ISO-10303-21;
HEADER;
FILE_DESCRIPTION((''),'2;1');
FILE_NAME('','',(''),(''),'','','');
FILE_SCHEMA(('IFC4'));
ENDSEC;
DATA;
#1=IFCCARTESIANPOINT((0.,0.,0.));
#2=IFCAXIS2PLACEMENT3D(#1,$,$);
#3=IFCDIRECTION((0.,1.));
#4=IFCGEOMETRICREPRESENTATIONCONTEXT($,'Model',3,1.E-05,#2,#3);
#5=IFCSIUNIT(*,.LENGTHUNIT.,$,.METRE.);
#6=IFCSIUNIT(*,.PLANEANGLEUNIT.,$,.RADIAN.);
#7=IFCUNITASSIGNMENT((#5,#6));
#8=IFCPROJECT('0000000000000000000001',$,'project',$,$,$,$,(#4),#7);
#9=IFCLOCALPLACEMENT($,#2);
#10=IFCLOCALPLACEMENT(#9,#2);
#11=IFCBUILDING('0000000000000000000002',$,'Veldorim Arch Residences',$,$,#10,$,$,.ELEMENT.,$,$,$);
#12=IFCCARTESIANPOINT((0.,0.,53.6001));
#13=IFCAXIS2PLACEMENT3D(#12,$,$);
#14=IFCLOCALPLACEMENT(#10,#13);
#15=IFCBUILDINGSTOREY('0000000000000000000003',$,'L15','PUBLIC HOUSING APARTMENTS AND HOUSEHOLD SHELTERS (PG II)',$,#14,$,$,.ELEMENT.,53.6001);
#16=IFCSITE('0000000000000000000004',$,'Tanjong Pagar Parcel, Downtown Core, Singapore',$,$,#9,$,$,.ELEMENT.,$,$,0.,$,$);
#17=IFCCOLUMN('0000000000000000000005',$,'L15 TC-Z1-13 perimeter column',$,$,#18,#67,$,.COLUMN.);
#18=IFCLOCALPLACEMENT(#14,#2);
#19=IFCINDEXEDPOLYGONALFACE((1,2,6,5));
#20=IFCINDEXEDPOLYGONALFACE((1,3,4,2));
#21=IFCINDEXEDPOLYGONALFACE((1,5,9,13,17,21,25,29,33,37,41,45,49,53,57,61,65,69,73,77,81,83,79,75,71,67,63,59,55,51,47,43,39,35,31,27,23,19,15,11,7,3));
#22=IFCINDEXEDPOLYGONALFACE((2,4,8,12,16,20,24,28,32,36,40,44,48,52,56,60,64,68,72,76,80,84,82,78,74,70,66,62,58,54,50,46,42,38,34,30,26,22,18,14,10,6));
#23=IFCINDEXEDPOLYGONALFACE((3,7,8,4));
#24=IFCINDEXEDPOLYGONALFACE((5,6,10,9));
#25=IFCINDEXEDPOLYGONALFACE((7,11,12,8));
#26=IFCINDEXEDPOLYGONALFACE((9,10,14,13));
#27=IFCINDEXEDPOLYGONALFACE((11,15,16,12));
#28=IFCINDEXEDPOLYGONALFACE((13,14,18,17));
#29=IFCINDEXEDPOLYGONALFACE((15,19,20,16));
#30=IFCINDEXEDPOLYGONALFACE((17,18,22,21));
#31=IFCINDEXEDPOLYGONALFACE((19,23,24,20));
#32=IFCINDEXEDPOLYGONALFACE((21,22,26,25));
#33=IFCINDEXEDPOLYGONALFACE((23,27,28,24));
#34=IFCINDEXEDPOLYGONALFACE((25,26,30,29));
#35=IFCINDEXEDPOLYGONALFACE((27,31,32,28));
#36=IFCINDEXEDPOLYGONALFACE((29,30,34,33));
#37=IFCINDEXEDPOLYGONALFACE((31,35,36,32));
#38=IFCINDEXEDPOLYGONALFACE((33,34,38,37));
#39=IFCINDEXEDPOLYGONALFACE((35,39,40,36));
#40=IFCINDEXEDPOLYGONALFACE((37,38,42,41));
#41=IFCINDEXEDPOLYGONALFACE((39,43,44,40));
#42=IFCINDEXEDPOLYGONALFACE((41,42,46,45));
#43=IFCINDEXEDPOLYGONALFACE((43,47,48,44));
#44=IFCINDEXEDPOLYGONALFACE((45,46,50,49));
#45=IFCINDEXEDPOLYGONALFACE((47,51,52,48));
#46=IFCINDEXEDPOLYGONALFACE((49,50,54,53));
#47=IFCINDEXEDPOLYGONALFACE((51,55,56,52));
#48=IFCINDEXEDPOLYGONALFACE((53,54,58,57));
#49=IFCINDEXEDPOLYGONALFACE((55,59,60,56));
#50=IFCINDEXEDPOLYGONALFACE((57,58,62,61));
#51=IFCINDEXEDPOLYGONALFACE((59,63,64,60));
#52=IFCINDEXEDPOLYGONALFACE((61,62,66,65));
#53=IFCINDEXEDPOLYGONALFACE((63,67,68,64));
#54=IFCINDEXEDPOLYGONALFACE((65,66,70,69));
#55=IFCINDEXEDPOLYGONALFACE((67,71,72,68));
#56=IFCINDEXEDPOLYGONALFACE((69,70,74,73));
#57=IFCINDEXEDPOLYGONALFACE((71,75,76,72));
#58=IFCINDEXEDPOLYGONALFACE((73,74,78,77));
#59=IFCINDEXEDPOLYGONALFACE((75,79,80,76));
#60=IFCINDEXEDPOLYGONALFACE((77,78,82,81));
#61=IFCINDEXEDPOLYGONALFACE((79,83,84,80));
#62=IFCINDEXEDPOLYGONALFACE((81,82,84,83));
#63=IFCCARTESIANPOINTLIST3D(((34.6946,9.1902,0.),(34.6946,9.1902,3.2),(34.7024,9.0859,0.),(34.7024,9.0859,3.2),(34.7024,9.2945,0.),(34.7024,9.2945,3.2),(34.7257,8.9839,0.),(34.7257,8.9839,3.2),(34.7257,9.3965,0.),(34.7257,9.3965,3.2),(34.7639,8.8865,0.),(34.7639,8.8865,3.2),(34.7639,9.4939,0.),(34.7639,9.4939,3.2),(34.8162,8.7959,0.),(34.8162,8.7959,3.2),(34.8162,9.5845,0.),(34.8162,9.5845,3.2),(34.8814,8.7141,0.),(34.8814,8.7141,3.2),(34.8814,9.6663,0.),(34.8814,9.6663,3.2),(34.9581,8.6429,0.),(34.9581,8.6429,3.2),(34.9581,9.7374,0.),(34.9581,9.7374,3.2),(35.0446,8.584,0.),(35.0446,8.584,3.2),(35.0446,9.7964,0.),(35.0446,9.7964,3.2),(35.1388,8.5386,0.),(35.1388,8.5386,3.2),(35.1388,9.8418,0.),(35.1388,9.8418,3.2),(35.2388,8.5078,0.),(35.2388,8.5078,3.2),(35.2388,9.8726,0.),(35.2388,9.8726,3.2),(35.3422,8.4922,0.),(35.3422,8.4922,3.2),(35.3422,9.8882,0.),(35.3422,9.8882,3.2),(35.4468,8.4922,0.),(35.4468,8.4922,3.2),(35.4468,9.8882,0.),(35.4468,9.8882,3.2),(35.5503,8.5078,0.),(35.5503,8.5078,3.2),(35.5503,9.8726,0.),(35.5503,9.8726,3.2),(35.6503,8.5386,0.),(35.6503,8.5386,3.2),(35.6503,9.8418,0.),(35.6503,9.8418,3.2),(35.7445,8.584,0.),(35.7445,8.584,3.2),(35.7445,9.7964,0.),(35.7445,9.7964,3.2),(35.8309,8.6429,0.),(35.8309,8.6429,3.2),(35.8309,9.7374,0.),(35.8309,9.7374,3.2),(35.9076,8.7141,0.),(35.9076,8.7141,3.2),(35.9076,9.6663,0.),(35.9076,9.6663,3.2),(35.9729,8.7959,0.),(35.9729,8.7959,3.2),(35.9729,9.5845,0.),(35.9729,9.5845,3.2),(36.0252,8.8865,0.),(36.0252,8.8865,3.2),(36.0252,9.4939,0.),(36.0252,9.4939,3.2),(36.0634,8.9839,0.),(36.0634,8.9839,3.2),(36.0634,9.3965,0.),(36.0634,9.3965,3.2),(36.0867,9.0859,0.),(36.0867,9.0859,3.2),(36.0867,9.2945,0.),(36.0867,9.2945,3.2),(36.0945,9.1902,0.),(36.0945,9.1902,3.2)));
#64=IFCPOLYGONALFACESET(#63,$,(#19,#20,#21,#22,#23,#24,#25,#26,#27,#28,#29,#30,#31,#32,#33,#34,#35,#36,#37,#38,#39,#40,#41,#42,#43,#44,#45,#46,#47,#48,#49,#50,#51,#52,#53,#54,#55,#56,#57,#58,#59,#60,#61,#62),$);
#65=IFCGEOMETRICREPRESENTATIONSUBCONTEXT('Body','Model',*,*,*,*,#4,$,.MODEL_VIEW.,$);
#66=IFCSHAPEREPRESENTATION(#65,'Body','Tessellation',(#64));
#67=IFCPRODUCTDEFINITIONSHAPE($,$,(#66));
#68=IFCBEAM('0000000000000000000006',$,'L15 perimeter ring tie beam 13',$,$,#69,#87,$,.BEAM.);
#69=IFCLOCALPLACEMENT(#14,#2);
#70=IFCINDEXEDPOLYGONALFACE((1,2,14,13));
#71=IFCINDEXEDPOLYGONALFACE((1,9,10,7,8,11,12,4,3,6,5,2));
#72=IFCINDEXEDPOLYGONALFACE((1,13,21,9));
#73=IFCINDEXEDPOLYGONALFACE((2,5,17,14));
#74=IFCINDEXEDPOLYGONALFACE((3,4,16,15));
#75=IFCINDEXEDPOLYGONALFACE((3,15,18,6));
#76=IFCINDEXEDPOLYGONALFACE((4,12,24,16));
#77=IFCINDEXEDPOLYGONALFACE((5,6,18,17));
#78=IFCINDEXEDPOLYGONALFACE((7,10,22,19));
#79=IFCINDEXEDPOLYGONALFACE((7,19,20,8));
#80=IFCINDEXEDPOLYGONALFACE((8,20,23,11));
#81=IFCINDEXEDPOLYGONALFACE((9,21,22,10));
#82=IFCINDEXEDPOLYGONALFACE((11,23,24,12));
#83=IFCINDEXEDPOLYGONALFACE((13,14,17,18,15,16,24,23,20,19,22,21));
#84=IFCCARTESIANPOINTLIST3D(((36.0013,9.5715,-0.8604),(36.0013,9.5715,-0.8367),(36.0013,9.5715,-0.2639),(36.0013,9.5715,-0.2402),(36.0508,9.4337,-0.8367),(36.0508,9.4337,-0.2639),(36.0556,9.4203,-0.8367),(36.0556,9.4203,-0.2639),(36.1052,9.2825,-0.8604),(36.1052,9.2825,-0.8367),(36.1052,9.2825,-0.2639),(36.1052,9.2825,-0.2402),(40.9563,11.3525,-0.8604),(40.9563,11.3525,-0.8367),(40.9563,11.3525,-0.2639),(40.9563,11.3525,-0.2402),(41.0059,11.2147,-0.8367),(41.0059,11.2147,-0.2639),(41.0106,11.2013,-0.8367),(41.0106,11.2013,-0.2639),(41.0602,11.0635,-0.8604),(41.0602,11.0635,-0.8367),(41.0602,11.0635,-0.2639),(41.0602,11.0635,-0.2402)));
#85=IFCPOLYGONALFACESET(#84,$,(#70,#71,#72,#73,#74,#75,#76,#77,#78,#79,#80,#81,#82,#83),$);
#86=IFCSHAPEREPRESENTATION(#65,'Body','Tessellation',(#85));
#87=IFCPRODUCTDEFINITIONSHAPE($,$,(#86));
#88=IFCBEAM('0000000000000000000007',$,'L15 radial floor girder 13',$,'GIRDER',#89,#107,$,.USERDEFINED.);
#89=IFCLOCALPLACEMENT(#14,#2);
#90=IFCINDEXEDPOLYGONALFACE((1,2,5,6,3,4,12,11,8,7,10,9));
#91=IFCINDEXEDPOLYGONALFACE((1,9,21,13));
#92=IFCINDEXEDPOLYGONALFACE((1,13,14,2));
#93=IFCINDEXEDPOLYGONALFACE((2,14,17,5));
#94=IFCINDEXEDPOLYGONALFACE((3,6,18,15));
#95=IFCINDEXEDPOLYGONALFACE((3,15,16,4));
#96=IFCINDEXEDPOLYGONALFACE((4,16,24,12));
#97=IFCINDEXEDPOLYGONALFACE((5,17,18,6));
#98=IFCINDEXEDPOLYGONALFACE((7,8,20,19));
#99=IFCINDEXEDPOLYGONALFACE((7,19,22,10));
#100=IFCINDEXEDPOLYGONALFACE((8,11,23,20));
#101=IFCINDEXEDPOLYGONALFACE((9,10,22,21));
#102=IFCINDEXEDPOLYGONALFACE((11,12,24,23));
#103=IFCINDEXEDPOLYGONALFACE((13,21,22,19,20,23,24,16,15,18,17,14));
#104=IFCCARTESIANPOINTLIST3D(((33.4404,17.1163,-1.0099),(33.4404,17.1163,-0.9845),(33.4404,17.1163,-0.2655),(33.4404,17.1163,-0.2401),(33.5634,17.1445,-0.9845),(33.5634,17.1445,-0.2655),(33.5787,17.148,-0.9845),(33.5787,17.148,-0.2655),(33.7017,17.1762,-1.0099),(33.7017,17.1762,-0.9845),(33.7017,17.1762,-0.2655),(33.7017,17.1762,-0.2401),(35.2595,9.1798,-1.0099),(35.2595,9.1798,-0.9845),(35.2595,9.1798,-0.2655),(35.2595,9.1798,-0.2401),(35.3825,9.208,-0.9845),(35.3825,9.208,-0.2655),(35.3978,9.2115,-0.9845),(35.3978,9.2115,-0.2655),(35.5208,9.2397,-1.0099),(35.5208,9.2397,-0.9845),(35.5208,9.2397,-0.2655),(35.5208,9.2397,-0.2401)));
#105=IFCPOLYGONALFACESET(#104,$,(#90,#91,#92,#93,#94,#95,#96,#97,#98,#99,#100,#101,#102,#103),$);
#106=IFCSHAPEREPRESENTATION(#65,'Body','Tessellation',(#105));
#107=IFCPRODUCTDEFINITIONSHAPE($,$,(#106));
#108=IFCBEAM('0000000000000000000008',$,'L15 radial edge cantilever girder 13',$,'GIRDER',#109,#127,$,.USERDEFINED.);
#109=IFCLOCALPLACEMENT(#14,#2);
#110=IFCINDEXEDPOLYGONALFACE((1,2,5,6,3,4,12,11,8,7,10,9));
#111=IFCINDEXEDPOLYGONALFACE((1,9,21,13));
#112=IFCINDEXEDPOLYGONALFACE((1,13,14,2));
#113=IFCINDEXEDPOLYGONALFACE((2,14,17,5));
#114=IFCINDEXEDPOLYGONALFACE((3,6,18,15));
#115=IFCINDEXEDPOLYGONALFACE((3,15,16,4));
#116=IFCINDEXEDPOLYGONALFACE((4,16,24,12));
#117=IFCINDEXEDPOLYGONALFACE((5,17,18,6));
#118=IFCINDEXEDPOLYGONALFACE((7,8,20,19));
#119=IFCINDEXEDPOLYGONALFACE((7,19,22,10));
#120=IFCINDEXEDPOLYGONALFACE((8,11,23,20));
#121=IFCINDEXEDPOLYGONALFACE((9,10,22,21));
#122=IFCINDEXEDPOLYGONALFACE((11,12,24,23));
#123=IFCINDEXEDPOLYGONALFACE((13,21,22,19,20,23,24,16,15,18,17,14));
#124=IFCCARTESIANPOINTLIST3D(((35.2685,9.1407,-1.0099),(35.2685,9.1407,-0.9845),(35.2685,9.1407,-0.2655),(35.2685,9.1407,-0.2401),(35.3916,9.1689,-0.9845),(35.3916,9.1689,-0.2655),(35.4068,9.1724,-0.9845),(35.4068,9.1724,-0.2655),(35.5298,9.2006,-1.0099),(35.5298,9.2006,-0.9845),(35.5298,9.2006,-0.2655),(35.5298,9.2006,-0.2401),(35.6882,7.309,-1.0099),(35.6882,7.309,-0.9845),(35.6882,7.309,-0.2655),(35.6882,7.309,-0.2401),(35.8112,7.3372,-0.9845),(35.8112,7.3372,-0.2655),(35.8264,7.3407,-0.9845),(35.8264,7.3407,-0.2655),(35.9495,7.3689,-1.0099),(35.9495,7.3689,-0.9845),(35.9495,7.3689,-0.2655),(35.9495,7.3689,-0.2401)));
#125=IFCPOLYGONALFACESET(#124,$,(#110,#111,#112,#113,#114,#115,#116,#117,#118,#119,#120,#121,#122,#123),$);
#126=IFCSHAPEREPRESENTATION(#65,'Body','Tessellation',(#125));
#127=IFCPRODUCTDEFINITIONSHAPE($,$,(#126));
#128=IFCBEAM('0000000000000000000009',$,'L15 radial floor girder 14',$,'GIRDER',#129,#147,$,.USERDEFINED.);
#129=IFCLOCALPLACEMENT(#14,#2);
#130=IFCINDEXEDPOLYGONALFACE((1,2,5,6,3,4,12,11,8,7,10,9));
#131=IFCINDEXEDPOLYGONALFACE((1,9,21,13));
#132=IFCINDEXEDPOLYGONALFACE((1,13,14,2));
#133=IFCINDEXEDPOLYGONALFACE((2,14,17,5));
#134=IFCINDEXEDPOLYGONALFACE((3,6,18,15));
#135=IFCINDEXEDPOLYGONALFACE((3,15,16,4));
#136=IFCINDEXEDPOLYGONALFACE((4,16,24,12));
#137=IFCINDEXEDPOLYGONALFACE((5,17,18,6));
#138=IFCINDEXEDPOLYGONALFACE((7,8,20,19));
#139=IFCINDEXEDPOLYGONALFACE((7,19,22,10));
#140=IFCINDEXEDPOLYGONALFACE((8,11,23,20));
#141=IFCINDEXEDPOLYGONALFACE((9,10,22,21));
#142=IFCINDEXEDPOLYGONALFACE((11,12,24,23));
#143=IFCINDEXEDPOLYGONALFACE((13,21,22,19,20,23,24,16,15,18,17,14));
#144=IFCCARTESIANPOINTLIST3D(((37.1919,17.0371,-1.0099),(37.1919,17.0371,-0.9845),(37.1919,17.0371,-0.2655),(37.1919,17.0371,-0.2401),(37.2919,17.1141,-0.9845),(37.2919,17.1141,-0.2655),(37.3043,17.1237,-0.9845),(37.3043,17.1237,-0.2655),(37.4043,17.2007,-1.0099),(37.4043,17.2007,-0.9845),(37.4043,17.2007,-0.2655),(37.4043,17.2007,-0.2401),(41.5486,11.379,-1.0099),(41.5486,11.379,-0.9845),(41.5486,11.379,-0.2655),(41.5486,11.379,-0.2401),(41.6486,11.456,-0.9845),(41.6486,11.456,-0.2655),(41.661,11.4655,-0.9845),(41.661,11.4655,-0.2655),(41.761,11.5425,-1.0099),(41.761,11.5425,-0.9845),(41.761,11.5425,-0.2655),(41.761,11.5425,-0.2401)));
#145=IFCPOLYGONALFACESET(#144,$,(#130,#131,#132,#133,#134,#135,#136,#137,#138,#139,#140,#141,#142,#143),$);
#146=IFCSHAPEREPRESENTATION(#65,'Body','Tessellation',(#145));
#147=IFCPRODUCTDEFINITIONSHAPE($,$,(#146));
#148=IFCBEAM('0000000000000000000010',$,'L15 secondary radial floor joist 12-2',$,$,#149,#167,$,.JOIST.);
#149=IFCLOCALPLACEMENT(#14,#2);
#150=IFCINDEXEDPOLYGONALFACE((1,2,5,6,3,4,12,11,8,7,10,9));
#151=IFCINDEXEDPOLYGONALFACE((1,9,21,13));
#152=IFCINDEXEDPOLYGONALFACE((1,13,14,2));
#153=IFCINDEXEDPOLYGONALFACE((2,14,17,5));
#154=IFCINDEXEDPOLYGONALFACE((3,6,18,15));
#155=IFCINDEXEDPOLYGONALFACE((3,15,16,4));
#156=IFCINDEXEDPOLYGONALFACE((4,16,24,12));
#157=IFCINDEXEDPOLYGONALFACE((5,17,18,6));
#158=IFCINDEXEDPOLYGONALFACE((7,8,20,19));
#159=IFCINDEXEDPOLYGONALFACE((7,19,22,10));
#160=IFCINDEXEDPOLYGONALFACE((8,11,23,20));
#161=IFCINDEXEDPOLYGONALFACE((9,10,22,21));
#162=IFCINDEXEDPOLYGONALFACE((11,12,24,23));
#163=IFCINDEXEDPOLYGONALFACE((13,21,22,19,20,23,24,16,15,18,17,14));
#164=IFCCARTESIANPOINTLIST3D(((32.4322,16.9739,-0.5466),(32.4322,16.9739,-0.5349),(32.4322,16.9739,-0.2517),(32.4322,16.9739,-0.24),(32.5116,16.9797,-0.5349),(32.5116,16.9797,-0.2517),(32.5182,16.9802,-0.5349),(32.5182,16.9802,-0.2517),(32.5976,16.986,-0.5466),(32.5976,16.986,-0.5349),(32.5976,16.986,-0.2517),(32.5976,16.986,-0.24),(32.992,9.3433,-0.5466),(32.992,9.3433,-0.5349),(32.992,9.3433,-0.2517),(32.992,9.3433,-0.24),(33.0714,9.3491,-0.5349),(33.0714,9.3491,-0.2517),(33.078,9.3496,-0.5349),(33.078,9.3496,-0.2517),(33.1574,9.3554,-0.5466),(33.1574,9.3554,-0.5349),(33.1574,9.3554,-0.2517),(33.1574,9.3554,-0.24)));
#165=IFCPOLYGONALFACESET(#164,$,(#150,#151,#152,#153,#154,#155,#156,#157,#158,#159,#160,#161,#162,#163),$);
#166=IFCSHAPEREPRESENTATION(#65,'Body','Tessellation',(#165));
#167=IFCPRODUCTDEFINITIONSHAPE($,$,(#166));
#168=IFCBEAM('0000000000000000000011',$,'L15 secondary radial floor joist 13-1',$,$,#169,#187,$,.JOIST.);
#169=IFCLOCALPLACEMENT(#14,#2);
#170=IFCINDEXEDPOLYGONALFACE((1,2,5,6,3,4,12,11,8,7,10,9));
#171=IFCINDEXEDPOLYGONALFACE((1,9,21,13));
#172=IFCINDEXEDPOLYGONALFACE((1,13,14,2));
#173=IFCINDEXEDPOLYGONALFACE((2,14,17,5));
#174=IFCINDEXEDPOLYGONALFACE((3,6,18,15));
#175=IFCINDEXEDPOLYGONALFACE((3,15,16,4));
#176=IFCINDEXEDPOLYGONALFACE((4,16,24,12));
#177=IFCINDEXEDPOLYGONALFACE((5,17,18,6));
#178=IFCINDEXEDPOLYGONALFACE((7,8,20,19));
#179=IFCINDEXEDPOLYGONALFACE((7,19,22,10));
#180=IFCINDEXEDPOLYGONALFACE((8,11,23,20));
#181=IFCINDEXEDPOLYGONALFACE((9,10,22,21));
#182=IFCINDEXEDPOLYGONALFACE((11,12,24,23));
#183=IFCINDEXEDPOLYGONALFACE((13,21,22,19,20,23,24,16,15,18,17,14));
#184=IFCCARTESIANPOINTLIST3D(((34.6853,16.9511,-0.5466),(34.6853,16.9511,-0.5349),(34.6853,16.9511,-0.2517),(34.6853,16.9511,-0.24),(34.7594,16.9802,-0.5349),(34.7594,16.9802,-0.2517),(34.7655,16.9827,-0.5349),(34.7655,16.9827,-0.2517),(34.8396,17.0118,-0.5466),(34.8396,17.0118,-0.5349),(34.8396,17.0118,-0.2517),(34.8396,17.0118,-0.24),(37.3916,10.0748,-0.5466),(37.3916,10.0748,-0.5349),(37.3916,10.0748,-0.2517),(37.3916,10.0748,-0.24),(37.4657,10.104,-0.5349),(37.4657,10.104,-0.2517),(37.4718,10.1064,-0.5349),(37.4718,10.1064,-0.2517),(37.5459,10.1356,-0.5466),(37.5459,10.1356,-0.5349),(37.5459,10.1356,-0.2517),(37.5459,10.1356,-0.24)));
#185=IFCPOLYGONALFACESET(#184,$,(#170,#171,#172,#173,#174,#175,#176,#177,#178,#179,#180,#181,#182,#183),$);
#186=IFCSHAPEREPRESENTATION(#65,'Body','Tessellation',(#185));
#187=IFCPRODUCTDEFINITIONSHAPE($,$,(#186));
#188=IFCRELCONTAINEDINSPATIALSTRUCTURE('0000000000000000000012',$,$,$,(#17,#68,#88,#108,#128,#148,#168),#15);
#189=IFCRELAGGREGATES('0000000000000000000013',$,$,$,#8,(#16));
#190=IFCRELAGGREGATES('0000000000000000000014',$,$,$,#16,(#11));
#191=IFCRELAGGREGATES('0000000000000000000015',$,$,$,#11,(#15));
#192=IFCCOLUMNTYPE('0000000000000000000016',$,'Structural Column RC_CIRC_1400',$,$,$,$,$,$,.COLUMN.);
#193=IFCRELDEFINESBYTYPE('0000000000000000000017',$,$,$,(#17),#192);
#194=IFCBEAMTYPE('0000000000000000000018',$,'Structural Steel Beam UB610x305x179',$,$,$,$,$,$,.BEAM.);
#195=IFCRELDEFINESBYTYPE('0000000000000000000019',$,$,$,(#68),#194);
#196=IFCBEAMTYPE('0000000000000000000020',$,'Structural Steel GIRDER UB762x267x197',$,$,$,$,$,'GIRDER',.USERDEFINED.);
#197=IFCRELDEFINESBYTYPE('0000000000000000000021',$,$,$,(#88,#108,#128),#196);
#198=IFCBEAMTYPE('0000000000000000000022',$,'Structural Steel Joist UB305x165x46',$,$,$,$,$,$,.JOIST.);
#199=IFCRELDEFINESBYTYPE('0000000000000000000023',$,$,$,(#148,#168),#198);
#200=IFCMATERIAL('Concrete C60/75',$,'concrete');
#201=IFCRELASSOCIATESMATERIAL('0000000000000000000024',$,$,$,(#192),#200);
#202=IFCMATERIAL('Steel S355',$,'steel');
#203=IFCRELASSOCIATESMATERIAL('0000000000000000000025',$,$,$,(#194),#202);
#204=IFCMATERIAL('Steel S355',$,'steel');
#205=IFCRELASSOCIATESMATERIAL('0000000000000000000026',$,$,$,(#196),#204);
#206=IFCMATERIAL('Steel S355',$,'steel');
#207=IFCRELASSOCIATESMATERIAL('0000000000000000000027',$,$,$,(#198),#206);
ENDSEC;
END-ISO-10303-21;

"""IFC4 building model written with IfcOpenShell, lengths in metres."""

from ifc_helpers import new_model, si_unit, direction, frame, origin, origin_2d, place, context, subcontext, project, spatial, circle, i_section, extrude, material, material_profile, profile_set, type_object, element, save


model = new_model("IFC4")

# Units and contexts
model_context = context("Model", 3, precision=1e-05, world=origin(), true_north=direction((0.0, 1.0)))
body_context = subcontext(model_context, "Body", "Model", "MODEL_VIEW")
ifc_project = project(units=[si_unit("LENGTHUNIT", "METRE"), si_unit("PLANEANGLEUNIT", "RADIAN")], contexts=[model_context])

# Site, building, storey
site_placement = place(None, origin())
site = spatial("IfcSite", under=ifc_project, at=site_placement, Name="Tanjong Pagar Parcel, Downtown Core, Singapore", CompositionType="ELEMENT", RefElevation=0.0)
building_placement = place(site_placement, origin())
building = spatial("IfcBuilding", under=site, at=building_placement, Name="Veldorim Arch Residences", CompositionType="ELEMENT")
storey_placement = place(building_placement, frame((0.0, 0.0, 53.6001)))
storey = spatial("IfcBuildingStorey", under=building, at=storey_placement, Name="L15", Description="PUBLIC HOUSING APARTMENTS AND HOUSEHOLD SHELTERS (PG II)", CompositionType="ELEMENT", Elevation=53.6001)

# Column
ifc_material_1 = material(Name="Concrete C60/75", Category="concrete")
ifc_material_profile_1 = material_profile(ifc_material_1, circle(Radius=0.7, at=origin_2d()), Name="RC_CIRC_1400")
ifc_profile_set_1 = profile_set([ifc_material_profile_1], Name="Concrete C60/75")
column_type = type_object("IfcColumnType", Name="Structural Column RC_CIRC_1400", PredefinedType="COLUMN", material=ifc_profile_set_1)
column_placement = place(storey_placement, frame((35.3945, 9.1902, 0.0), z_axis=(0.0, 0.0, 1.0), x_axis=(1.0, 0.0, 0.0)))
element("IfcColumn", 1, at=column_placement, inside=storey, type_object=column_type, Name="L15 TC-Z1-13 perimeter column", PredefinedType="COLUMN", context=body_context, shape_type="SweptSolid", body=[
    extrude(circle(Radius=0.7, at=origin_2d()), origin(), (0.0, 0.0, 1.0), 3.2),
])

# Beams
ifc_material_2 = material(Name="Steel S355", Category="steel")
ifc_material_profile_2 = material_profile(ifc_material_2, i_section(OverallWidth=0.3071, OverallDepth=0.6201, WebThickness=0.0142, FlangeThickness=0.0237, at=origin_2d()), Name="UB610x305x179")
ifc_profile_set_2 = profile_set([ifc_material_profile_2], Name="Steel S355")
beam_type_1 = type_object("IfcBeamType", Name="Structural Steel Beam UB610x305x179", PredefinedType="BEAM", material=ifc_profile_set_2)
beam_1_placement = place(storey_placement, frame((36.0532, 9.427, -0.5503), z_axis=(0.941058, 0.338245, 0.0), x_axis=(-0.338245, 0.941058, 0.0)))
element("IfcBeam", 2, at=beam_1_placement, inside=storey, type_object=beam_type_1, Name="L15 perimeter ring tie beam 13", PredefinedType="BEAM", context=body_context, shape_type="SweptSolid", body=[
    extrude(i_section(OverallWidth=0.3071, OverallDepth=0.6201, WebThickness=0.0142, FlangeThickness=0.0237, at=origin_2d()), origin(), (0.0, 0.0, 1.0), 5.2654),
])
ifc_material_3 = material(Name="Steel S355", Category="steel")
ifc_material_profile_3 = material_profile(ifc_material_3, i_section(OverallWidth=0.2681, OverallDepth=0.7698, WebThickness=0.0156, FlangeThickness=0.0254, at=origin_2d()), Name="UB762x267x197")
ifc_profile_set_3 = profile_set([ifc_material_profile_3], Name="Steel S355")
beam_type_2 = type_object("IfcBeamType", Name="Structural Steel GIRDER UB762x267x197", ElementType="GIRDER", PredefinedType="USERDEFINED", material=ifc_profile_set_3)
beam_2_placement = place(storey_placement, frame((33.571, 17.1462, -0.625), z_axis=(0.223412, -0.974724, 0.0), x_axis=(0.974724, 0.223412, 0.0)))
element("IfcBeam", 3, at=beam_2_placement, inside=storey, type_object=beam_type_2, Name="L15 radial floor girder 13", ObjectType="GIRDER", PredefinedType="USERDEFINED", context=body_context, shape_type="SweptSolid", body=[
    extrude(i_section(OverallWidth=0.2681, OverallDepth=0.7698, WebThickness=0.0156, FlangeThickness=0.0254, at=origin_2d()), origin(), (0.0, 0.0, 1.0), 8.1423),
])
beam_3_placement = place(storey_placement, frame((35.3992, 9.1707, -0.625), z_axis=(0.223322, -0.974745, 0.0), x_axis=(0.974745, 0.223322, 0.0)))
element("IfcBeam", 4, at=beam_3_placement, inside=storey, type_object=beam_type_2, Name="L15 radial edge cantilever girder 13", ObjectType="GIRDER", PredefinedType="USERDEFINED", context=body_context, shape_type="SweptSolid", body=[
    extrude(i_section(OverallWidth=0.2681, OverallDepth=0.7698, WebThickness=0.0156, FlangeThickness=0.0254, at=origin_2d()), origin(), (0.0, 0.0, 1.0), 1.8792),
])
beam_4_placement = place(storey_placement, frame((37.2981, 17.1189, -0.625), z_axis=(0.610082, -0.792338, 0.0), x_axis=(0.792338, 0.610082, 0.0)))
element("IfcBeam", 5, at=beam_4_placement, inside=storey, type_object=beam_type_2, Name="L15 radial floor girder 14", ObjectType="GIRDER", PredefinedType="USERDEFINED", context=body_context, shape_type="SweptSolid", body=[
    extrude(i_section(OverallWidth=0.2681, OverallDepth=0.7698, WebThickness=0.0156, FlangeThickness=0.0254, at=origin_2d()), origin(), (0.0, 0.0, 1.0), 7.1411),
])
ifc_material_4 = material(Name="Steel S355", Category="steel")
ifc_material_profile_4 = material_profile(ifc_material_4, i_section(OverallWidth=0.1658, OverallDepth=0.3066, WebThickness=0.0066, FlangeThickness=0.0117, at=origin_2d()), Name="UB305x165x46")
ifc_profile_set_4 = profile_set([ifc_material_profile_4], Name="Steel S355")
beam_type_3 = type_object("IfcBeamType", Name="Structural Steel Joist UB305x165x46", PredefinedType="JOIST", material=ifc_profile_set_4)
beam_5_placement = place(storey_placement, frame((32.5149, 16.98, -0.3933), z_axis=(0.073168, -0.99732, 0.0), x_axis=(0.99732, 0.073168, 0.0)))
element("IfcBeam", 6, at=beam_5_placement, inside=storey, type_object=beam_type_3, Name="L15 secondary radial floor joist 12-2", PredefinedType="JOIST", context=body_context, shape_type="SweptSolid", body=[
    extrude(i_section(OverallWidth=0.1658, OverallDepth=0.3066, WebThickness=0.0066, FlangeThickness=0.0117, at=origin_2d()), origin(), (0.0, 0.0, 1.0), 7.6511),
])
beam_6_placement = place(storey_placement, frame((34.7625, 16.9814, -0.3933), z_axis=(0.36623, -0.930524, 0.0), x_axis=(0.930524, 0.36623, 0.0)))
element("IfcBeam", 7, at=beam_6_placement, inside=storey, type_object=beam_type_3, Name="L15 secondary radial floor joist 13-1", PredefinedType="JOIST", context=body_context, shape_type="SweptSolid", body=[
    extrude(i_section(OverallWidth=0.1658, OverallDepth=0.3066, WebThickness=0.0066, FlangeThickness=0.0117, at=origin_2d()), origin(), (0.0, 0.0, 1.0), 7.3896),
])

save(model, "model.ifc")
